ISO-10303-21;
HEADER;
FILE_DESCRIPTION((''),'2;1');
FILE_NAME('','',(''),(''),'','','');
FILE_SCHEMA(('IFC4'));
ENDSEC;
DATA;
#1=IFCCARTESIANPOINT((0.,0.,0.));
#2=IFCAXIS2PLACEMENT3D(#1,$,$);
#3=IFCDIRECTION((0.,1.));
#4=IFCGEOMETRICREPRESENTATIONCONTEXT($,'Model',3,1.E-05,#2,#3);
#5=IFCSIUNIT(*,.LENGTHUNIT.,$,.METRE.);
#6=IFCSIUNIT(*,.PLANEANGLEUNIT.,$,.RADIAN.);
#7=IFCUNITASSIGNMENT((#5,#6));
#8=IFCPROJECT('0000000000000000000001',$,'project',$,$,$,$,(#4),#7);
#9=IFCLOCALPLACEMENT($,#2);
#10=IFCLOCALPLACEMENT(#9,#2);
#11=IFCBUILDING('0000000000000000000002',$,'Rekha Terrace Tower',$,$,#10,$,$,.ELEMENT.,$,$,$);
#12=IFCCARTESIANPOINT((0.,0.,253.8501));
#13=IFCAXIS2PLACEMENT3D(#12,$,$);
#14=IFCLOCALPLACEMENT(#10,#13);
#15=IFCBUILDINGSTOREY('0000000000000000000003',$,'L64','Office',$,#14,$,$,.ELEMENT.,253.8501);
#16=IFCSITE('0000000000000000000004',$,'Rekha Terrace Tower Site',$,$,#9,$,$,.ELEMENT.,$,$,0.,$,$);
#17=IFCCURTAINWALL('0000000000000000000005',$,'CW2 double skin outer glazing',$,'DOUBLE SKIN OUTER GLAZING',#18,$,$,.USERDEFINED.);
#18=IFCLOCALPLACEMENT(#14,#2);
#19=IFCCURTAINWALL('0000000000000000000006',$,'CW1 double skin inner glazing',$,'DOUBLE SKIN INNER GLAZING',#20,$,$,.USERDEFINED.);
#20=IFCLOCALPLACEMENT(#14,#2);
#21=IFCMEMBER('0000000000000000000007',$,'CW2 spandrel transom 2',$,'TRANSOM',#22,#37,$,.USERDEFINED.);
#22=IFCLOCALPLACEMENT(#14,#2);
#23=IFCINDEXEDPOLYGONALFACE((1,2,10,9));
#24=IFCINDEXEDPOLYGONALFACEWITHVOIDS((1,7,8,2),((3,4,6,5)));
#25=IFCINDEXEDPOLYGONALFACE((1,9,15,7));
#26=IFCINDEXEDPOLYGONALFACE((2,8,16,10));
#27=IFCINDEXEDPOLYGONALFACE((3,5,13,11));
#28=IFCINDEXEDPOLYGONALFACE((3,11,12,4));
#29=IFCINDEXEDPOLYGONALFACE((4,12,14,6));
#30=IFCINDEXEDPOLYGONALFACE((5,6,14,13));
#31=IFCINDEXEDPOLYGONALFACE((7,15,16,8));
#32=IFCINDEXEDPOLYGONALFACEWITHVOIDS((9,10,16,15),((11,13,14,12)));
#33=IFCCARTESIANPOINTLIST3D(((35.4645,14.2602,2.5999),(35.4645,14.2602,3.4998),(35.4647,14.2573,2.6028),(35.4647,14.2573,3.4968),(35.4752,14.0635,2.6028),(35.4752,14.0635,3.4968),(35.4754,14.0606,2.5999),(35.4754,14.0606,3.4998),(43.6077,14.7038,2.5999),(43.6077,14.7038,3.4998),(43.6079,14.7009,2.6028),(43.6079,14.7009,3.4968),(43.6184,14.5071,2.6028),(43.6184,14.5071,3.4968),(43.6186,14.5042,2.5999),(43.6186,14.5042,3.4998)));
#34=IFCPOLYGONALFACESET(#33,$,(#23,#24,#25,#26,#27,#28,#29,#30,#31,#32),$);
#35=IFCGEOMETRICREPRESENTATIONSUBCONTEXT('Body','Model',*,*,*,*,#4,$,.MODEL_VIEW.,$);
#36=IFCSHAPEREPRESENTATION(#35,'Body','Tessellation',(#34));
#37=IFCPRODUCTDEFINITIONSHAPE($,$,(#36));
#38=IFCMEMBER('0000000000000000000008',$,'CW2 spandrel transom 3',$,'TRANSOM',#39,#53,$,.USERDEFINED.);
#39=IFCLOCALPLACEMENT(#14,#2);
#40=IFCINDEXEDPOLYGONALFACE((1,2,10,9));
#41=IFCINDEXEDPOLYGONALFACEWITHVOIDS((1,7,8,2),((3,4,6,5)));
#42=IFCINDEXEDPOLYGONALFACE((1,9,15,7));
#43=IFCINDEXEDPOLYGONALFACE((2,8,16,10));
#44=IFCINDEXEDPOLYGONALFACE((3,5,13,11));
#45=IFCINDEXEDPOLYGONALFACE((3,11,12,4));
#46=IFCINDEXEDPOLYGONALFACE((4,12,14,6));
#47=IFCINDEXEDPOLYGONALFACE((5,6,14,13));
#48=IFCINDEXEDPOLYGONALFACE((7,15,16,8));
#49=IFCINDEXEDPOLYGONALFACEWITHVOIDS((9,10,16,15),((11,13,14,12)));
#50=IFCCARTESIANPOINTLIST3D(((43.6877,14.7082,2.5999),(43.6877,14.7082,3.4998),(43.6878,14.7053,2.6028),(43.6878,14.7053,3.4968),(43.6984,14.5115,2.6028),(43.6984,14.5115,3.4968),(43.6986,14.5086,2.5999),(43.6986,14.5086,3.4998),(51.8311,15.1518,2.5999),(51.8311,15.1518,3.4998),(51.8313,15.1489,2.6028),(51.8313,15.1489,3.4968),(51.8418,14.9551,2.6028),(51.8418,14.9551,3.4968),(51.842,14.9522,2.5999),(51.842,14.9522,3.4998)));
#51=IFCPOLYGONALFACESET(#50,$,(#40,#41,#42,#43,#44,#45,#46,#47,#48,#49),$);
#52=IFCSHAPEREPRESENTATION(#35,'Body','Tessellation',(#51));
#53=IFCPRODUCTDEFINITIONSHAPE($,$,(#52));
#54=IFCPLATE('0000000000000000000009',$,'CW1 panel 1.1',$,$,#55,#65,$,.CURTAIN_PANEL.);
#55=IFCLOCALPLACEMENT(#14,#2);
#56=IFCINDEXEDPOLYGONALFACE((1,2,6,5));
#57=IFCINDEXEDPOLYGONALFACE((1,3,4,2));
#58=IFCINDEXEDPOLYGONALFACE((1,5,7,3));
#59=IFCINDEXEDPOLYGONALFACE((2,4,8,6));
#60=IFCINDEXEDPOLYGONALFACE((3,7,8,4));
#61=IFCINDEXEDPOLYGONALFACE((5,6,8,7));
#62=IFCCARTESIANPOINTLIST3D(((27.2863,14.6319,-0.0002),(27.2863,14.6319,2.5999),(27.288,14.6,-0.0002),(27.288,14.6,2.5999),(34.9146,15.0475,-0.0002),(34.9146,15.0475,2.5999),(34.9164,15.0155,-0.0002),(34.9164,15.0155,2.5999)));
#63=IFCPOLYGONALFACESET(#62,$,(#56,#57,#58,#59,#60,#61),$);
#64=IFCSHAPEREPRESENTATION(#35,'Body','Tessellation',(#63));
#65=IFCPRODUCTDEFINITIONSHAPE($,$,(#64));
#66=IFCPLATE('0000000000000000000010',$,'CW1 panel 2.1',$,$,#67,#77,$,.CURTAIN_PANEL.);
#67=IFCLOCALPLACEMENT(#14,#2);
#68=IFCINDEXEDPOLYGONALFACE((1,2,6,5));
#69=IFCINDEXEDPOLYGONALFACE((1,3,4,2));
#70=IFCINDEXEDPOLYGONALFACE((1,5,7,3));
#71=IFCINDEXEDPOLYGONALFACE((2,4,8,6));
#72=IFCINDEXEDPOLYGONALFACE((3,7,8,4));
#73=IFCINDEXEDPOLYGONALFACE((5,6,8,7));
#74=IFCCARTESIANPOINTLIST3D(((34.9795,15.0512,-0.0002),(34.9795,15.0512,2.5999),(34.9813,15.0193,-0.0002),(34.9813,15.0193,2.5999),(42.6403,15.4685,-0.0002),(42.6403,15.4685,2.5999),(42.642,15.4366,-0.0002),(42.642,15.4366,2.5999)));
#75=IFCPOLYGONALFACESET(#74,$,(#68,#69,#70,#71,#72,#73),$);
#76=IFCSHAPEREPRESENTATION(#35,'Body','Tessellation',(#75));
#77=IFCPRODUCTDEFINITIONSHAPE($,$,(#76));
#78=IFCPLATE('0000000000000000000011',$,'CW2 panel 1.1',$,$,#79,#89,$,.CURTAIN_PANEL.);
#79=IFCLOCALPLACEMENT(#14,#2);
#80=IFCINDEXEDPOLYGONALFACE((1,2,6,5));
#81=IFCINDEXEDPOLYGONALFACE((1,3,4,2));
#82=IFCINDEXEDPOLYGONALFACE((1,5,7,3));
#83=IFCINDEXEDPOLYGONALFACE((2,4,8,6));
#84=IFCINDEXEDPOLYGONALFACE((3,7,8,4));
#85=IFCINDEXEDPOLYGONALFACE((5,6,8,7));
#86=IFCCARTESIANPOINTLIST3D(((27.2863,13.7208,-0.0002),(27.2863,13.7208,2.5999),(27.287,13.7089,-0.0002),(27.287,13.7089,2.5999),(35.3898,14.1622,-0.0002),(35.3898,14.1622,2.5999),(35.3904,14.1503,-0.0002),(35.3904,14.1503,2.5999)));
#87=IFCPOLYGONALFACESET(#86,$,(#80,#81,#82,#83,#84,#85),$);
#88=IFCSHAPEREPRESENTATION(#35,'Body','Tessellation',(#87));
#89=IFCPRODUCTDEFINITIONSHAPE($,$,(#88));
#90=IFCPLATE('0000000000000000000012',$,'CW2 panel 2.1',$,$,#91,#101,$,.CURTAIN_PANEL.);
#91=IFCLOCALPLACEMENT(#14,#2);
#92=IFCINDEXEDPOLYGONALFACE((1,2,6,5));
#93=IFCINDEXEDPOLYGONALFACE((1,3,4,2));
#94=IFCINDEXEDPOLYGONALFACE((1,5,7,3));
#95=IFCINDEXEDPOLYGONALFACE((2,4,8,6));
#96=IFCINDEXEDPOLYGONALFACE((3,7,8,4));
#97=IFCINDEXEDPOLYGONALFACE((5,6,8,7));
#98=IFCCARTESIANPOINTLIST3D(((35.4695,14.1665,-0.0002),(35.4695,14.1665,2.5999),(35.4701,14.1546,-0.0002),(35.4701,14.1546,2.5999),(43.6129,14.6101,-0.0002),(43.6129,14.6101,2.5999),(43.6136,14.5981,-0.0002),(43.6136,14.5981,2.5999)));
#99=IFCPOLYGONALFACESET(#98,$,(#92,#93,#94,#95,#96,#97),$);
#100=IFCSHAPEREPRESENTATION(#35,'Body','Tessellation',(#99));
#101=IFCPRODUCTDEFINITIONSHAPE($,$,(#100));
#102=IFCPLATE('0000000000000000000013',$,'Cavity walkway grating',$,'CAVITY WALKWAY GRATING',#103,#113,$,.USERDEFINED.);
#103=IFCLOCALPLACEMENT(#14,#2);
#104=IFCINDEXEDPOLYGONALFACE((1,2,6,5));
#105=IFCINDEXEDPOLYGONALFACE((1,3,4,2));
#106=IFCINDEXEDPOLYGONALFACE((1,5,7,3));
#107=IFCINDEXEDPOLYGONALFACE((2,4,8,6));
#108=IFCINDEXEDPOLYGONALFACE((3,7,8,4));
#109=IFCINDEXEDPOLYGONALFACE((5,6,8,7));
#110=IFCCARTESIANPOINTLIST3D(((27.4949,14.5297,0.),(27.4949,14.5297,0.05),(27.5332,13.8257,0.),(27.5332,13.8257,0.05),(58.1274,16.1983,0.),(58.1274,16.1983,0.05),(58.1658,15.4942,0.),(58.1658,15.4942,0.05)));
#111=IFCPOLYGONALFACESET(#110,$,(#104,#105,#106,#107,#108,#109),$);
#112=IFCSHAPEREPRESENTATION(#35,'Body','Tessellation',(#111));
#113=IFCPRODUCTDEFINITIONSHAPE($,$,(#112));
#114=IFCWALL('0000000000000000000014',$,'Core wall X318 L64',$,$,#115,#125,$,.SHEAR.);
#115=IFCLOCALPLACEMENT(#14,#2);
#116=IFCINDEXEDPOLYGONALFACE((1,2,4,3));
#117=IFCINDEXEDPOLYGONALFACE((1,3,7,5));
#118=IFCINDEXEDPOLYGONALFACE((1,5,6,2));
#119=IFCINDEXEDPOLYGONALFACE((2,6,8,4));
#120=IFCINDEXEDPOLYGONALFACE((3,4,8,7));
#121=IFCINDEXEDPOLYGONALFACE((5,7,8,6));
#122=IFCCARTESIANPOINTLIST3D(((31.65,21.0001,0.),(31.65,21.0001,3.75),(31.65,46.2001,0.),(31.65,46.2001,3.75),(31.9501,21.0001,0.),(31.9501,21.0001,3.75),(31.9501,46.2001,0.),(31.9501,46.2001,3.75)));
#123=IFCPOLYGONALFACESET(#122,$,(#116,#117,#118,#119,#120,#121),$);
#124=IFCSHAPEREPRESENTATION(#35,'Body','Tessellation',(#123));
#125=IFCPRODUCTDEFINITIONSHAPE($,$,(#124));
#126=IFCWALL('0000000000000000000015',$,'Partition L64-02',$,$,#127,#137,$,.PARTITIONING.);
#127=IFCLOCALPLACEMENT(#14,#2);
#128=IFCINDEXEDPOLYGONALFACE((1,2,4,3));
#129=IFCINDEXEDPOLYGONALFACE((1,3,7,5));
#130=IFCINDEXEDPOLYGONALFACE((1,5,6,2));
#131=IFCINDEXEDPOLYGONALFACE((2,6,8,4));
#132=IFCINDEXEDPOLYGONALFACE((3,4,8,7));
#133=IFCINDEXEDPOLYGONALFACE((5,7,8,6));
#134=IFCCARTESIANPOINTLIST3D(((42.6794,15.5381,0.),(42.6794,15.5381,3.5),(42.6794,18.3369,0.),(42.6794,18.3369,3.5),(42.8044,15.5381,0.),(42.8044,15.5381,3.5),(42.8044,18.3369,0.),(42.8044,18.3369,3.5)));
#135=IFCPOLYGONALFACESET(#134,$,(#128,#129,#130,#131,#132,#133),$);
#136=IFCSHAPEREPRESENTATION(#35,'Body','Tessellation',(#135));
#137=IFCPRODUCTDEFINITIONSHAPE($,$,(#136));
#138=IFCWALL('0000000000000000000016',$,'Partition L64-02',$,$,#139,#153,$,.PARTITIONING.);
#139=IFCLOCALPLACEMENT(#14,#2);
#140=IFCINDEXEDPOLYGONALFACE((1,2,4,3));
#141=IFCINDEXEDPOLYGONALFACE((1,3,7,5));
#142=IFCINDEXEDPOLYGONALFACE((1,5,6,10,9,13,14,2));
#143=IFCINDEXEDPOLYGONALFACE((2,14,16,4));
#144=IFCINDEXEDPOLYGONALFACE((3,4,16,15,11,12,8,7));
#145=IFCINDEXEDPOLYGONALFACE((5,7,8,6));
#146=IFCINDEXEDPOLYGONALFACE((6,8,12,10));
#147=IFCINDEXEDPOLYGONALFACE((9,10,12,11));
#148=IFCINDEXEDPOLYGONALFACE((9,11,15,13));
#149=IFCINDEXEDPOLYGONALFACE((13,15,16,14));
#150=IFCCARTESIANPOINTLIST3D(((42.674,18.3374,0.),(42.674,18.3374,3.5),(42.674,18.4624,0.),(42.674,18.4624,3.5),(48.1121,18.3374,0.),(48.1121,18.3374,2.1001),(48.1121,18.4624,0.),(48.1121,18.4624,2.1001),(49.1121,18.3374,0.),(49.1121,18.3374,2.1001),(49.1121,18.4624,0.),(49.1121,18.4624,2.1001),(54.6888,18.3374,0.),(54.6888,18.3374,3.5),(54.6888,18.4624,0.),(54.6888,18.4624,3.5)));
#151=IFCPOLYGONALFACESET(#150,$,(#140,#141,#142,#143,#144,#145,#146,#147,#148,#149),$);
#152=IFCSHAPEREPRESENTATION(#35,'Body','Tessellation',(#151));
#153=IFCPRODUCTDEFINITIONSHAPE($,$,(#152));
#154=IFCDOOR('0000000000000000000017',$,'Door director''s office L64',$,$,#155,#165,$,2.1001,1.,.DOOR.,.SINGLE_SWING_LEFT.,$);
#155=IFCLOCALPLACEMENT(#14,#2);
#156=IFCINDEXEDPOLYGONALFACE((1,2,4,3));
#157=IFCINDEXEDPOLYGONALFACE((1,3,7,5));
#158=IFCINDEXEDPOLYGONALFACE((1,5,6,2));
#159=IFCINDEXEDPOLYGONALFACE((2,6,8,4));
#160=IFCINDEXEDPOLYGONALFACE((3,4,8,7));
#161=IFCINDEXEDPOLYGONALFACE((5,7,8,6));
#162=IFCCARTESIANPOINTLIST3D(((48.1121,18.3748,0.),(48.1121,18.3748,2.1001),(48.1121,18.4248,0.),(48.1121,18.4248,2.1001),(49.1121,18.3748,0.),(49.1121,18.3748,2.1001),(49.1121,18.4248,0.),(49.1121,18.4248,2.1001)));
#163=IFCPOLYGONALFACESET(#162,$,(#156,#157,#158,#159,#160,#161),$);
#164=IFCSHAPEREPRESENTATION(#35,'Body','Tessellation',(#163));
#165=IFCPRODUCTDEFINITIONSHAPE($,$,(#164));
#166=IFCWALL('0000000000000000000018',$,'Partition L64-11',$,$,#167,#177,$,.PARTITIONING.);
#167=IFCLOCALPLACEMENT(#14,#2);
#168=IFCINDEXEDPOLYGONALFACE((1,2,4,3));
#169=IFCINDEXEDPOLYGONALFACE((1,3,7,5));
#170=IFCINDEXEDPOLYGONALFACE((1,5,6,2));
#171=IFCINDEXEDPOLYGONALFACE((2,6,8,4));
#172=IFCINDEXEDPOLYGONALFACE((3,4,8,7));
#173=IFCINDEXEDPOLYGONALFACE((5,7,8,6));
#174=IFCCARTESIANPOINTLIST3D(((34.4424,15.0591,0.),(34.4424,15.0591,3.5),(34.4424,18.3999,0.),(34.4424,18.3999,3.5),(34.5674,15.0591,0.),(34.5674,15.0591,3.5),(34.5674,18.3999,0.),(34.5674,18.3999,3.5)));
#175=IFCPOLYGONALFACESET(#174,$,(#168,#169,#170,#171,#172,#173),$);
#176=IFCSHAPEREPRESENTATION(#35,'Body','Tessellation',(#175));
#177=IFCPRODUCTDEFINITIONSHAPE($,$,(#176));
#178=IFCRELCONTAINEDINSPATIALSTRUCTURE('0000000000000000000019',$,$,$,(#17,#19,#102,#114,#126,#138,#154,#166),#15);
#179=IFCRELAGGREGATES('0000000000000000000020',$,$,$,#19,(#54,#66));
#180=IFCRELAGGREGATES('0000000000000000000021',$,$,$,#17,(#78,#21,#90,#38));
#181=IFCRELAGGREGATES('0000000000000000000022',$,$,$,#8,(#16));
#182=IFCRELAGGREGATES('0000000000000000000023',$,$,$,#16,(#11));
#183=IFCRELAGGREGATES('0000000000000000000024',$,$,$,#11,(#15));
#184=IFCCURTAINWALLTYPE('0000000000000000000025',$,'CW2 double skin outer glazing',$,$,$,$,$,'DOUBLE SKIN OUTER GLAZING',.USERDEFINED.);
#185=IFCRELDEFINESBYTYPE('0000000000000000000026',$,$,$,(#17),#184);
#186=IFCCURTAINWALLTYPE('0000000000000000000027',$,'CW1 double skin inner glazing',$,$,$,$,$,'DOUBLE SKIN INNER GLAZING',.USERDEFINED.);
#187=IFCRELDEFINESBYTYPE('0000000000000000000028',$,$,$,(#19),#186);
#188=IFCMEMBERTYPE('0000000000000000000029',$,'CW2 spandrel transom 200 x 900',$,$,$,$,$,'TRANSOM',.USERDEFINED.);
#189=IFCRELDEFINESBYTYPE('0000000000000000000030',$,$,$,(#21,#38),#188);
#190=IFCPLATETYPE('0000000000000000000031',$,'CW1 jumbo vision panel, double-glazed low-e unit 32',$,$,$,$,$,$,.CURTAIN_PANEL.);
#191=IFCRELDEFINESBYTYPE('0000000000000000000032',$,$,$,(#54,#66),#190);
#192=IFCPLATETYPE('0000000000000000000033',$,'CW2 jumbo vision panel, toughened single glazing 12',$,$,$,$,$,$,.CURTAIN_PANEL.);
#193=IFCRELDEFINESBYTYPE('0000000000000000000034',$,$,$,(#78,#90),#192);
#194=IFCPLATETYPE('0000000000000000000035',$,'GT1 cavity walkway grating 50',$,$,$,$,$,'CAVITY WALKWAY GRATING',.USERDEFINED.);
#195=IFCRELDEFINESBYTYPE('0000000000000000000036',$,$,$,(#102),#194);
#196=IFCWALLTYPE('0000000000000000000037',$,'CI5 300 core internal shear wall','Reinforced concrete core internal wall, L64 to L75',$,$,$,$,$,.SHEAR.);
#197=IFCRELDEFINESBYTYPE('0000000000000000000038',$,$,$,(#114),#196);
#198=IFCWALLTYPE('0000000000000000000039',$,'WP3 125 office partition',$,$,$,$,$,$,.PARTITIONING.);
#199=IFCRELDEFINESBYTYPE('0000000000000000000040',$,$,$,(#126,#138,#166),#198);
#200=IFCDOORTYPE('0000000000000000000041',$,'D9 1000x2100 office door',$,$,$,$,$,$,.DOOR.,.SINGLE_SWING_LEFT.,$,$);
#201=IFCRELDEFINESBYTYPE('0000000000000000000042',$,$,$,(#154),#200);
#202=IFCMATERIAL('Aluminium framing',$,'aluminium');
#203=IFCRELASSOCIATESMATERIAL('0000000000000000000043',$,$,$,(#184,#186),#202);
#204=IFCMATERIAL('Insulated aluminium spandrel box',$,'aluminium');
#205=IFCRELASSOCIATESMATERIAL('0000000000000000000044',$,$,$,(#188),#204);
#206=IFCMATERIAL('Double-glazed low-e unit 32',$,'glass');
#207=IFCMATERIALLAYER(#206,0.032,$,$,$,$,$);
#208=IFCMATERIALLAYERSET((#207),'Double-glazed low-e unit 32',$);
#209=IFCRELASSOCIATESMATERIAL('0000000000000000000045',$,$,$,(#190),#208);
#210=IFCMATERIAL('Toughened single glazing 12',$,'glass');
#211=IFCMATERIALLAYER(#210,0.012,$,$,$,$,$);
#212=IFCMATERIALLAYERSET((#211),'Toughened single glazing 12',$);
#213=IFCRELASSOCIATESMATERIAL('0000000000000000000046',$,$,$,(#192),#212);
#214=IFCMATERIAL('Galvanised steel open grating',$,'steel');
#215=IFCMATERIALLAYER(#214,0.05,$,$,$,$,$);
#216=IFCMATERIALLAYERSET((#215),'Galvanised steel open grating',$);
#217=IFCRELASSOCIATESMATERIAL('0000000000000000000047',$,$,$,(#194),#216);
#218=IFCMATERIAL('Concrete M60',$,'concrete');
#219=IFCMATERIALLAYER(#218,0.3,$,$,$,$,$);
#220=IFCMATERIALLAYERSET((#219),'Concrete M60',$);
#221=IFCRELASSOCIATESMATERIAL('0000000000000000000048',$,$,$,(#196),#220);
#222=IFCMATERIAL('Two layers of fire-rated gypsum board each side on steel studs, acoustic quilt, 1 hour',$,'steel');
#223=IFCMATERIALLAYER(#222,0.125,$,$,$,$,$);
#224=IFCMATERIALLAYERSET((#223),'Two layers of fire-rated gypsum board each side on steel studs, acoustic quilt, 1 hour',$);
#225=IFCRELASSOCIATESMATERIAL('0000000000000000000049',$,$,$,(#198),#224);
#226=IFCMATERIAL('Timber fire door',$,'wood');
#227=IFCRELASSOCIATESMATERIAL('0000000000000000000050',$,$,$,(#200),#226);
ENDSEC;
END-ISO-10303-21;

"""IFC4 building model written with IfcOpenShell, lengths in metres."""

from ifc_helpers import new_model, si_unit, direction, frame, frame_2d, origin, origin_2d, place, context, subcontext, project, spatial, rectangle, hollow_rectangle, extrude, material, layer, layer_set, material_profile, profile_set, type_object, element, fill, aggregate, save


model = new_model("IFC4")

# Units and contexts
model_context = context("Model", 3, precision=1e-05, world=origin(), true_north=direction((0.0, 1.0)))
body_context = subcontext(model_context, "Body", "Model", "MODEL_VIEW")
ifc_project = project(units=[si_unit("LENGTHUNIT", "METRE"), si_unit("PLANEANGLEUNIT", "RADIAN")], contexts=[model_context])

# Site, building, storey
site_placement = place(None, origin())
site = spatial("IfcSite", under=ifc_project, at=site_placement, Name="Rekha Terrace Tower Site", CompositionType="ELEMENT", RefElevation=0.0)
building_placement = place(site_placement, origin())
building = spatial("IfcBuilding", under=site, at=building_placement, Name="Rekha Terrace Tower", CompositionType="ELEMENT")
storey_placement = place(building_placement, frame((0.0, 0.0, 253.8501)))
storey = spatial("IfcBuildingStorey", under=building, at=storey_placement, Name="L64", Description="Office", CompositionType="ELEMENT", Elevation=253.8501)

# Curtain walls
ifc_material_1 = material(Name="Aluminium framing", Category="aluminium")
curtain_wall_type_1 = type_object("IfcCurtainWallType", Name="CW2 double skin outer glazing", ElementType="DOUBLE SKIN OUTER GLAZING", PredefinedType="USERDEFINED", material=ifc_material_1)
curtain_wall_1_placement = place(storey_placement, origin())
curtain_wall_1 = element("IfcCurtainWall", 1, at=curtain_wall_1_placement, inside=storey, type_object=curtain_wall_type_1, Name="CW2 double skin outer glazing", ObjectType="DOUBLE SKIN OUTER GLAZING", PredefinedType="USERDEFINED")
curtain_wall_type_2 = type_object("IfcCurtainWallType", Name="CW1 double skin inner glazing", ElementType="DOUBLE SKIN INNER GLAZING", PredefinedType="USERDEFINED", material=ifc_material_1)
curtain_wall_2_placement = place(storey_placement, origin())
curtain_wall_2 = element("IfcCurtainWall", 2, at=curtain_wall_2_placement, inside=storey, type_object=curtain_wall_type_2, Name="CW1 double skin inner glazing", ObjectType="DOUBLE SKIN INNER GLAZING", PredefinedType="USERDEFINED")
ifc_material_2 = material(Name="Insulated aluminium spandrel box", Category="aluminium")

# Members
ifc_material_profile_1 = material_profile(ifc_material_2, hollow_rectangle(XDim=0.2, YDim=0.8999, WallThickness=0.0029, at=origin_2d()), Name="AL SPANDREL BOX 200x900")
ifc_profile_set_1 = profile_set([ifc_material_profile_1], Name="Insulated aluminium spandrel box")
member_type_1 = type_object("IfcMemberType", Name="CW2 spandrel transom 200 x 900", ElementType="TRANSOM", PredefinedType="USERDEFINED", material=ifc_profile_set_1)
member_1_placement = place(storey_placement, frame((35.47, 14.1604, 3.0498), z_axis=(0.99852, 0.054394, 0.0), x_axis=(-0.054394, 0.99852, 0.0)))
member_1 = element("IfcMember", 3, at=member_1_placement, type_object=member_type_1, Name="CW2 spandrel transom 2", ObjectType="TRANSOM", PredefinedType="USERDEFINED", context=body_context, shape_type="SweptSolid", body=[
    extrude(hollow_rectangle(XDim=0.2, YDim=0.8999, WallThickness=0.0029, at=origin_2d()), origin(), (0.0, 0.0, 1.0), 8.1553),
])
member_2_placement = place(storey_placement, frame((43.6931, 14.6084, 3.0498), z_axis=(0.99852, 0.054392, 0.0), x_axis=(-0.054392, 0.99852, 0.0)))
member_2 = element("IfcMember", 4, at=member_2_placement, type_object=member_type_1, Name="CW2 spandrel transom 3", ObjectType="TRANSOM", PredefinedType="USERDEFINED", context=body_context, shape_type="SweptSolid", body=[
    extrude(hollow_rectangle(XDim=0.2, YDim=0.8999, WallThickness=0.0029, at=origin_2d()), origin(), (0.0, 0.0, 1.0), 8.1555),
])

# Plates
ifc_material_3 = material(Name="Double-glazed low-e unit 32", Category="glass")
ifc_layer_1 = layer(ifc_material_3, 0.032)
ifc_layer_set_1 = layer_set([ifc_layer_1], Name="Double-glazed low-e unit 32")
plate_type_1 = type_object("IfcPlateType", Name="CW1 jumbo vision panel, double-glazed low-e unit 32", PredefinedType="CURTAIN_PANEL", material=ifc_layer_set_1)
plate_1_placement = place(storey_placement, frame((31.1013, 14.8237, -0.0002), z_axis=(0.0, 0.0, 1.0), x_axis=(0.99852, 0.054389, 0.0)))
plate_1 = element("IfcPlate", 5, at=plate_1_placement, type_object=plate_type_1, Name="CW1 panel 1.1", PredefinedType="CURTAIN_PANEL", context=body_context, shape_type="SweptSolid", body=[
    extrude(rectangle(XDim=7.6396, YDim=0.032, at=origin_2d()), origin(), (0.0, 0.0, 1.0), 2.6001),
])
plate_2_placement = place(storey_placement, frame((38.8108, 15.2439, -0.0002), z_axis=(0.0, 0.0, 1.0), x_axis=(0.99852, 0.054389, 0.0)))
plate_2 = element("IfcPlate", 6, at=plate_2_placement, type_object=plate_type_1, Name="CW1 panel 2.1", PredefinedType="CURTAIN_PANEL", context=body_context, shape_type="SweptSolid", body=[
    extrude(rectangle(XDim=7.6721, YDim=0.032, at=origin_2d()), origin(), (0.0, 0.0, 1.0), 2.6001),
])
aggregate(curtain_wall_2, [plate_1, plate_2])
ifc_material_4 = material(Name="Toughened single glazing 12", Category="glass")
ifc_layer_2 = layer(ifc_material_4, 0.012)
ifc_layer_set_2 = layer_set([ifc_layer_2], Name="Toughened single glazing 12")
plate_type_2 = type_object("IfcPlateType", Name="CW2 jumbo vision panel, toughened single glazing 12", PredefinedType="CURTAIN_PANEL", material=ifc_layer_set_2)
plate_3_placement = place(storey_placement, frame((31.3384, 13.9355, -0.0002), z_axis=(0.0, 0.0, 1.0), x_axis=(0.99852, 0.054389, 0.0)))
plate_3 = element("IfcPlate", 7, at=plate_3_placement, type_object=plate_type_2, Name="CW2 panel 1.1", PredefinedType="CURTAIN_PANEL", context=body_context, shape_type="SweptSolid", body=[
    extrude(rectangle(XDim=8.1155, YDim=0.012, at=origin_2d()), origin(), (0.0, 0.0, 1.0), 2.6001),
])
plate_4_placement = place(storey_placement, frame((39.5415, 14.3823, -0.0002), z_axis=(0.0, 0.0, 1.0), x_axis=(0.99852, 0.054389, 0.0)))
plate_4 = element("IfcPlate", 8, at=plate_4_placement, type_object=plate_type_2, Name="CW2 panel 2.1", PredefinedType="CURTAIN_PANEL", context=body_context, shape_type="SweptSolid", body=[
    extrude(rectangle(XDim=8.1555, YDim=0.012, at=origin_2d()), origin(), (0.0, 0.0, 1.0), 2.6001),
])
aggregate(curtain_wall_1, [plate_3, member_1, plate_4, member_2])
ifc_material_5 = material(Name="Galvanised steel open grating", Category="steel")
ifc_layer_3 = layer(ifc_material_5, 0.05)
ifc_layer_set_3 = layer_set([ifc_layer_3], Name="Galvanised steel open grating")
plate_type_3 = type_object("IfcPlateType", Name="GT1 cavity walkway grating 50", ElementType="CAVITY WALKWAY GRATING", PredefinedType="USERDEFINED", material=ifc_layer_set_3)
plate_5_placement = place(storey_placement, frame((42.8303, 15.012, 0.0), z_axis=(0.0, 0.0, 1.0), x_axis=(0.99852, 0.054389, 0.0)))
element("IfcPlate", 9, at=plate_5_placement, inside=storey, type_object=plate_type_3, Name="Cavity walkway grating", ObjectType="CAVITY WALKWAY GRATING", PredefinedType="USERDEFINED", context=body_context, shape_type="SweptSolid", body=[
    extrude(rectangle(XDim=30.678, YDim=0.7051, at=origin_2d()), origin(), (0.0, 0.0, 1.0), 0.05),
])

# Walls
ifc_material_6 = material(Name="Concrete M60", Category="concrete")
ifc_layer_4 = layer(ifc_material_6, 0.3)
ifc_layer_set_4 = layer_set([ifc_layer_4], Name="Concrete M60")
wall_type_1 = type_object("IfcWallType", Name="CI5 300 core internal shear wall", Description="Reinforced concrete core internal wall, L64 to L75", PredefinedType="SHEAR", material=ifc_layer_set_4)
wall_1_placement = place(storey_placement, frame((31.8, 21.0, 0.0), z_axis=(0.0, 0.0, 1.0), x_axis=(0.0, 1.0, 0.0)))
element("IfcWall", 10, at=wall_1_placement, inside=storey, type_object=wall_type_1, Name="Core wall X318 L64", PredefinedType="SHEAR", context=body_context, shape_type="SweptSolid", body=[
    extrude(rectangle(XDim=25.2, YDim=0.3, at=frame_2d((12.6001, 0.0))), origin(), (0.0, 0.0, 1.0), 3.75),
])
ifc_material_7 = material(Name="Two layers of fire-rated gypsum board each side on steel studs, acoustic quilt, 1 hour", Category="steel")
ifc_layer_5 = layer(ifc_material_7, 0.125)
ifc_layer_set_5 = layer_set([ifc_layer_5], Name="Two layers of fire-rated gypsum board each side on steel studs, acoustic quilt, 1 hour")
wall_type_2 = type_object("IfcWallType", Name="WP3 125 office partition", PredefinedType="PARTITIONING", material=ifc_layer_set_5)
wall_2_placement = place(storey_placement, frame((42.7419, 15.5381, 0.0), z_axis=(0.0, 0.0, 1.0), x_axis=(0.0, 1.0, 0.0)))
element("IfcWall", 11, at=wall_2_placement, inside=storey, type_object=wall_type_2, Name="Partition L64-02", PredefinedType="PARTITIONING", context=body_context, shape_type="SweptSolid", body=[
    extrude(rectangle(XDim=2.7988, YDim=0.125, at=frame_2d((1.3994, 0.0))), origin(), (0.0, 0.0, 1.0), 3.5),
])

# Wall, opening, door
wall_3_placement = place(storey_placement, frame((42.6741, 18.3999, 0.0), z_axis=(0.0, 0.0, 1.0), x_axis=(1.0, 0.0, 0.0)))
wall_3 = element("IfcWall", 12, at=wall_3_placement, inside=storey, type_object=wall_type_2, Name="Partition L64-02", PredefinedType="PARTITIONING", context=body_context, shape_type="SweptSolid", body=[
    extrude(rectangle(XDim=12.0149, YDim=0.125, at=frame_2d((6.0073, 0.0))), origin(), (0.0, 0.0, 1.0), 3.5),
])
opening_1_placement = place(wall_3_placement, frame((5.438, 0.0, 0.0)))
opening_1 = element("IfcOpeningElement", 13, at=opening_1_placement, cuts=wall_3, PredefinedType="OPENING", context=body_context, shape_type="SweptSolid", body=[
    extrude(rectangle(XDim=1.0, YDim=2.1001, at=frame_2d((0.5, 1.05))), frame((0.0, 0.0725, 0.0), z_axis=(0.0, -1.0, 0.0), x_axis=(1.0, 0.0, 0.0)), (0.0, 0.0, 1.0), 0.145),
])
ifc_material_8 = material(Name="Timber fire door", Category="wood")
door_type = type_object("IfcDoorType", Name="D9 1000x2100 office door", OperationType="SINGLE_SWING_LEFT", PredefinedType="DOOR", material=ifc_material_8)
door_1_placement = place(opening_1_placement, origin())
door_1 = element("IfcDoor", 14, at=door_1_placement, inside=storey, type_object=door_type, Name="Door director's office L64", OperationType="SINGLE_SWING_LEFT", OverallHeight=2.1001, OverallWidth=1.0, PredefinedType="DOOR", context=body_context, shape_type="SweptSolid", body=[
    extrude(rectangle(XDim=1.0, YDim=2.1001, at=frame_2d((0.5, 1.05))), frame((0.0, 0.0249, 0.0), z_axis=(0.0, -1.0, 0.0), x_axis=(1.0, 0.0, 0.0)), (0.0, 0.0, 1.0), 0.05),
])
fill(opening_1, door_1)

# Wall
wall_4_placement = place(storey_placement, frame((34.5049, 15.0591, 0.0), z_axis=(0.0, 0.0, 1.0), x_axis=(0.0, 1.0, 0.0)))
element("IfcWall", 15, at=wall_4_placement, inside=storey, type_object=wall_type_2, Name="Partition L64-11", PredefinedType="PARTITIONING", context=body_context, shape_type="SweptSolid", body=[
    extrude(rectangle(XDim=3.3408, YDim=0.125, at=frame_2d((1.6704, 0.0))), origin(), (0.0, 0.0, 1.0), 3.5),
])

save(model, "model.ifc")
